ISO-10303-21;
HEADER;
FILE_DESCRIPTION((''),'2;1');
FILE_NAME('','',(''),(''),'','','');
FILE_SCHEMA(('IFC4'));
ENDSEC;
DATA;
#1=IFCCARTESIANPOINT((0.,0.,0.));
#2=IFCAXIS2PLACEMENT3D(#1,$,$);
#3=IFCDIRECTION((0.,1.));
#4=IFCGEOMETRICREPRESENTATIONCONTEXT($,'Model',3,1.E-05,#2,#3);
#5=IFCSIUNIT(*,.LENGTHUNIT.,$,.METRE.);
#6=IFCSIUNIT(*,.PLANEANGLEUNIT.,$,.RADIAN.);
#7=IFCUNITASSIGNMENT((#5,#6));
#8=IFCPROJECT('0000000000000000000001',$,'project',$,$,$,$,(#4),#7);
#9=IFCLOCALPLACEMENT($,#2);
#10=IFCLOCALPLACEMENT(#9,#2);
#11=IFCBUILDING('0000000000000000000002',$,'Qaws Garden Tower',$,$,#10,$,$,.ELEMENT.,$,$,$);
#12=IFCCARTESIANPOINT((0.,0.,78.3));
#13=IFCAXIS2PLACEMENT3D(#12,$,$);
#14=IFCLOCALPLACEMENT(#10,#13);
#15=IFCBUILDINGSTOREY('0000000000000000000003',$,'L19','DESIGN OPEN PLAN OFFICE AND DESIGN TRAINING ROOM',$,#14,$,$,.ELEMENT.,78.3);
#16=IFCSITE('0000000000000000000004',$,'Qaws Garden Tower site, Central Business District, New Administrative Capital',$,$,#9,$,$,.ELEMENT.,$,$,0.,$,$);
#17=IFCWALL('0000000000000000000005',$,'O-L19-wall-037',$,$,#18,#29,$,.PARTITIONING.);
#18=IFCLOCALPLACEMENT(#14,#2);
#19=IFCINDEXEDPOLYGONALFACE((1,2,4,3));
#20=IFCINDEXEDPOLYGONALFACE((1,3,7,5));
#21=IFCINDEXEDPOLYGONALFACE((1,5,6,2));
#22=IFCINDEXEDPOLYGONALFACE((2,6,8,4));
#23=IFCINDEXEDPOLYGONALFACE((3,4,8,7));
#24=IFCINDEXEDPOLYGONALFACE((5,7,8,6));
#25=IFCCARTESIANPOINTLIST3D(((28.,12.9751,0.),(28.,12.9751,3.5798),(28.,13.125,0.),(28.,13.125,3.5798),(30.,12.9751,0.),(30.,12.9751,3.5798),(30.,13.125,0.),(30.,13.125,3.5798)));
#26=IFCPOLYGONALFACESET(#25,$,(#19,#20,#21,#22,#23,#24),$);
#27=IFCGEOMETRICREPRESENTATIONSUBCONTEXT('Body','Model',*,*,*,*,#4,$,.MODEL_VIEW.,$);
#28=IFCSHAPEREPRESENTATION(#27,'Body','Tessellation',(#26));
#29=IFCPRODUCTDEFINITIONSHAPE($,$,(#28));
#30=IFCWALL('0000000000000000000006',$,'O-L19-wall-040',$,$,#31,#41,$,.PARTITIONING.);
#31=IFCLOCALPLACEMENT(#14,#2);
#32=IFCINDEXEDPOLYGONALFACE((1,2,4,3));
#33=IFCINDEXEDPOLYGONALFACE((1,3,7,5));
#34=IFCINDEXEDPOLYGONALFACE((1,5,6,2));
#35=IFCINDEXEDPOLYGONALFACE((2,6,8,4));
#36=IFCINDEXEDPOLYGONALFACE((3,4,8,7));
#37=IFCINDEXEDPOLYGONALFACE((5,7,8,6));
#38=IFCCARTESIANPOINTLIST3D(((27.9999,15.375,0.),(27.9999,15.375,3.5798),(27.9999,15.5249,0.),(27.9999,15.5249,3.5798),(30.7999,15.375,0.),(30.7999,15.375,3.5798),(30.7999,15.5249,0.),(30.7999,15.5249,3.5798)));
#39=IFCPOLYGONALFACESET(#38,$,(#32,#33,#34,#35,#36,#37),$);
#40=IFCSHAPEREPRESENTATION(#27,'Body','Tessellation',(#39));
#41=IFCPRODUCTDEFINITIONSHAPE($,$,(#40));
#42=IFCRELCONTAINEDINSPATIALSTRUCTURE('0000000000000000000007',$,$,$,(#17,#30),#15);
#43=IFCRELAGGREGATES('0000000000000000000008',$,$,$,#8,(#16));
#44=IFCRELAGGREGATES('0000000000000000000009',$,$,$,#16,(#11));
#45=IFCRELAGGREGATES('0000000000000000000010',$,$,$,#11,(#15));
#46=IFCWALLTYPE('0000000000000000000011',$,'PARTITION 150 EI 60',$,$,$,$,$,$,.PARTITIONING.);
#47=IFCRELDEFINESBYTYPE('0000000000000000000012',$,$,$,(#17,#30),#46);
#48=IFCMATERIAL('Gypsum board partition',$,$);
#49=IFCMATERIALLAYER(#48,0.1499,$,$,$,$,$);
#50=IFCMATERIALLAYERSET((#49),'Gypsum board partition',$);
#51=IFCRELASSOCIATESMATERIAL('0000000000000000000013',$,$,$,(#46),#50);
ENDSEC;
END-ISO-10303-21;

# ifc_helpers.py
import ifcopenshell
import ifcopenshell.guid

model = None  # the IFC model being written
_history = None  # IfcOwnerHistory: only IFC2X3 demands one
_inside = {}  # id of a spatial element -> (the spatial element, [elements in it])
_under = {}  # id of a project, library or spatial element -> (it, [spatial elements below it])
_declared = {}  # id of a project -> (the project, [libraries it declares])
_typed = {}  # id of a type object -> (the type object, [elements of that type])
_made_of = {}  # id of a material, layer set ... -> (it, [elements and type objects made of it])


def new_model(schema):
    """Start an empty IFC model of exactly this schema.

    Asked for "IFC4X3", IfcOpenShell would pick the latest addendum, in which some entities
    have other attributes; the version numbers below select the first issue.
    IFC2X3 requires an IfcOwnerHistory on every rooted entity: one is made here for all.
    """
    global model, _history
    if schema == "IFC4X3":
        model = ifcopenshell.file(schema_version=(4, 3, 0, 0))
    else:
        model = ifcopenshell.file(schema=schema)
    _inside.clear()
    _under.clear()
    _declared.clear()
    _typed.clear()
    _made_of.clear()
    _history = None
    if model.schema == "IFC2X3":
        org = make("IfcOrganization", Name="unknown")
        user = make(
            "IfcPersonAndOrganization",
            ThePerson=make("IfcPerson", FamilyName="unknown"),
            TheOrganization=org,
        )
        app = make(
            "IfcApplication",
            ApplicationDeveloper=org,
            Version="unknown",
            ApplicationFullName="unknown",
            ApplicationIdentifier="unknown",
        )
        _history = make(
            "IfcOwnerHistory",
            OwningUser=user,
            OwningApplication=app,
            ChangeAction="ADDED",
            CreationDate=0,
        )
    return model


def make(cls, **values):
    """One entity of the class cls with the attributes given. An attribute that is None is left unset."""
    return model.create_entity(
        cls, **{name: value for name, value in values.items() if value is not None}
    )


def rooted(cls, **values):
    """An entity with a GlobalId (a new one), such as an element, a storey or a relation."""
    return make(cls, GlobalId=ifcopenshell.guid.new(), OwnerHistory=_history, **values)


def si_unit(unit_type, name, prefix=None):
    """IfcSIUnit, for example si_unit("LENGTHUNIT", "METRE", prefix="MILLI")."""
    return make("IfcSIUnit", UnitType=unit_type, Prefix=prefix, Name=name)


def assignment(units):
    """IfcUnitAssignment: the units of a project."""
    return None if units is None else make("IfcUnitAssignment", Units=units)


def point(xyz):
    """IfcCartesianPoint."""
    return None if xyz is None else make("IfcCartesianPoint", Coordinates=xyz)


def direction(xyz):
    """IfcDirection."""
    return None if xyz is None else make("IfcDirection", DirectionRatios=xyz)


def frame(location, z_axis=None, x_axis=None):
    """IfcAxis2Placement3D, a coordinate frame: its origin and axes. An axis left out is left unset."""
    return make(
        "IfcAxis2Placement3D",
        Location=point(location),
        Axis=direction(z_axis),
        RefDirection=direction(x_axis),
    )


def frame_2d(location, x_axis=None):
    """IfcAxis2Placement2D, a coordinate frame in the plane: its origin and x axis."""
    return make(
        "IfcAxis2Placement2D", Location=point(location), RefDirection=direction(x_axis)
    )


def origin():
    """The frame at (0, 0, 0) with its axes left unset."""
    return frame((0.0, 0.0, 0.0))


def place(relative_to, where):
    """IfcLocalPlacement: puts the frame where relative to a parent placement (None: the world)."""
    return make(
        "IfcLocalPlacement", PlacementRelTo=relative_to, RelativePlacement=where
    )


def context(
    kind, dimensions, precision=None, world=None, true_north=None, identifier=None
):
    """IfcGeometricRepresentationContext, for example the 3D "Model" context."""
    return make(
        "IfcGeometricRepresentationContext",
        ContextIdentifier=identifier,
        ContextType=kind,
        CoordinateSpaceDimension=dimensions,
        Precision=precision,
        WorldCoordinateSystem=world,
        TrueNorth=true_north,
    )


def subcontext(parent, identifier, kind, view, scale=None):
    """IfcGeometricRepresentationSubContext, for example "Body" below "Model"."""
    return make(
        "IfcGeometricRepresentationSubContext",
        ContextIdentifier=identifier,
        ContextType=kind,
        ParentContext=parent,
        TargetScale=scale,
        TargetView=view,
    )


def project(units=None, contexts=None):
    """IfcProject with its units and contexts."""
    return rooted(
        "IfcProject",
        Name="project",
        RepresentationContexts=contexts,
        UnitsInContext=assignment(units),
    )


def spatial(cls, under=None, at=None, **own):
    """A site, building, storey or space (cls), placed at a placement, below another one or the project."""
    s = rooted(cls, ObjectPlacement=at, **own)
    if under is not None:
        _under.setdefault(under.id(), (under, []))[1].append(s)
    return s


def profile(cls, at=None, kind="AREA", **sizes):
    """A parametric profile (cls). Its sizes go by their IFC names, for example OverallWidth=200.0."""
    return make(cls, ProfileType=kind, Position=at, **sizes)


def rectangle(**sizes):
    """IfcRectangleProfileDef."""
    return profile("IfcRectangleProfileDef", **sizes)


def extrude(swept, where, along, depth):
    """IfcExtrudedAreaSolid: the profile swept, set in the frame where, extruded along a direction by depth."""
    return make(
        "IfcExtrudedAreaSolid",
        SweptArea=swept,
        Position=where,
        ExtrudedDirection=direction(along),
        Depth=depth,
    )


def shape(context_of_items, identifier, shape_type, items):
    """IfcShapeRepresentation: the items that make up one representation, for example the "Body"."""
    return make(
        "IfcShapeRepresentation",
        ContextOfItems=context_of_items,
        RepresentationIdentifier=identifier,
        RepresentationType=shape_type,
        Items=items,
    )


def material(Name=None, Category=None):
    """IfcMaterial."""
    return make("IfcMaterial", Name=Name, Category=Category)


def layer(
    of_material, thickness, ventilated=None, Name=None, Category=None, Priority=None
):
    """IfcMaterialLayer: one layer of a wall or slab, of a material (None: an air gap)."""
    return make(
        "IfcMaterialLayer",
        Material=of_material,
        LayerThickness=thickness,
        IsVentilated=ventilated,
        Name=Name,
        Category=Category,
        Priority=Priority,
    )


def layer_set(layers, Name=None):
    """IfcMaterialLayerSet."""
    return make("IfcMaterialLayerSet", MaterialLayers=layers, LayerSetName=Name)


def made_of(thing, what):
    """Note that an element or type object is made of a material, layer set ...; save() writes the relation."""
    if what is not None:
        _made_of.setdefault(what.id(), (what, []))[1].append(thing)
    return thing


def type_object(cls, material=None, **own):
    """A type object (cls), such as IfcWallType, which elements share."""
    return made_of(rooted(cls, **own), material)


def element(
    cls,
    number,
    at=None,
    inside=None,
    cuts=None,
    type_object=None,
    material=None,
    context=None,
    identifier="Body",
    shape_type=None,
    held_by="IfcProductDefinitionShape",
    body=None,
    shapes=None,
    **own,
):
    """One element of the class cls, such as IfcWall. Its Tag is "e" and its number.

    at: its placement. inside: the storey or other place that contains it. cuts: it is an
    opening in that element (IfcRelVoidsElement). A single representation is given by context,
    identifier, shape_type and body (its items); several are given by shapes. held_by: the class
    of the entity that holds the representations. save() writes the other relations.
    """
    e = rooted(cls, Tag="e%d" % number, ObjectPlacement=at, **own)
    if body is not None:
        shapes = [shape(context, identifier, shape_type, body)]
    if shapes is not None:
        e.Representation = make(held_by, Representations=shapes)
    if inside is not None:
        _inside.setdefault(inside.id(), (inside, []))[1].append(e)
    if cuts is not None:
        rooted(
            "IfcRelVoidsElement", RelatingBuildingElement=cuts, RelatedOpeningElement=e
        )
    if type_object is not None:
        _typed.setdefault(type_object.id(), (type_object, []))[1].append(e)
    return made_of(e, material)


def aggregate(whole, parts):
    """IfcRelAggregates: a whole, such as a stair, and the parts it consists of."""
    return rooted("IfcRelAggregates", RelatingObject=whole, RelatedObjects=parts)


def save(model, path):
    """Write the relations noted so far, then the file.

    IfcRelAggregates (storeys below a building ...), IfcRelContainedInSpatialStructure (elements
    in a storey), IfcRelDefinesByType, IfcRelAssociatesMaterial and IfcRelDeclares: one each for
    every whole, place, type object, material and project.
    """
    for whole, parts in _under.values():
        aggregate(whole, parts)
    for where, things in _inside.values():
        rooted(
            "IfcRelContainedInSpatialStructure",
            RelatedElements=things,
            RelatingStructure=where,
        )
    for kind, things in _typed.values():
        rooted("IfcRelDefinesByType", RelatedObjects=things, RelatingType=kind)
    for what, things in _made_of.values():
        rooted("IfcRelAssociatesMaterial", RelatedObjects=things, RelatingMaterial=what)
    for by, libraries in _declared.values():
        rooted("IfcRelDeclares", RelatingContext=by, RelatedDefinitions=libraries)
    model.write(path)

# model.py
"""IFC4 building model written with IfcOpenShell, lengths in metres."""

from ifc_helpers import new_model, si_unit, direction, frame, frame_2d, origin, place, context, subcontext, project, spatial, rectangle, extrude, material, layer, layer_set, type_object, element, save


model = new_model("IFC4")

# Units and contexts
model_context = context("Model", 3, precision=1e-05, world=origin(), true_north=direction((0.0, 1.0)))
body_context = subcontext(model_context, "Body", "Model", "MODEL_VIEW")
ifc_project = project(units=[si_unit("LENGTHUNIT", "METRE"), si_unit("PLANEANGLEUNIT", "RADIAN")], contexts=[model_context])

# Site, building, storey
site_placement = place(None, origin())
site = spatial("IfcSite", under=ifc_project, at=site_placement, Name="Qaws Garden Tower site, Central Business District, New Administrative Capital", CompositionType="ELEMENT", RefElevation=0.0)
building_placement = place(site_placement, origin())
building = spatial("IfcBuilding", under=site, at=building_placement, Name="Qaws Garden Tower", CompositionType="ELEMENT")
storey_placement = place(building_placement, frame((0.0, 0.0, 78.3)))
storey = spatial("IfcBuildingStorey", under=building, at=storey_placement, Name="L19", Description="DESIGN OPEN PLAN OFFICE AND DESIGN TRAINING ROOM", CompositionType="ELEMENT", Elevation=78.3)

# Shared definitions
ifc_material_1 = material(Name="Gypsum board partition")
ifc_layer_1 = layer(ifc_material_1, 0.1499)
ifc_layer_set_1 = layer_set([ifc_layer_1], Name="Gypsum board partition")
wall_type_1 = type_object("IfcWallType", Name="PARTITION 150 EI 60", PredefinedType="PARTITIONING", material=ifc_layer_set_1)

# Walls
wall_1_placement = place(storey_placement, frame((28.0, 13.05, 0.0), z_axis=(0.0, 0.0, 1.0), x_axis=(1.0, 0.0, 0.0)))
element("IfcWall", 1, at=wall_1_placement, inside=storey, type_object=wall_type_1, Name="O-L19-wall-037", PredefinedType="PARTITIONING", context=body_context, shape_type="SweptSolid", body=[
    extrude(rectangle(XDim=2.0, YDim=0.1499, at=frame_2d((1.0, 0.0))), origin(), (0.0, 0.0, 1.0), 3.5798),
])
wall_2_placement = place(storey_placement, frame((28.0, 15.45, 0.0), z_axis=(0.0, 0.0, 1.0), x_axis=(1.0, 0.0, 0.0)))
element("IfcWall", 2, at=wall_2_placement, inside=storey, type_object=wall_type_1, Name="O-L19-wall-040", PredefinedType="PARTITIONING", context=body_context, shape_type="SweptSolid", body=[
    extrude(rectangle(XDim=2.8, YDim=0.1499, at=frame_2d((1.3999, 0.0))), origin(), (0.0, 0.0, 1.0), 3.5798),
])

save(model, "model.ifc")
